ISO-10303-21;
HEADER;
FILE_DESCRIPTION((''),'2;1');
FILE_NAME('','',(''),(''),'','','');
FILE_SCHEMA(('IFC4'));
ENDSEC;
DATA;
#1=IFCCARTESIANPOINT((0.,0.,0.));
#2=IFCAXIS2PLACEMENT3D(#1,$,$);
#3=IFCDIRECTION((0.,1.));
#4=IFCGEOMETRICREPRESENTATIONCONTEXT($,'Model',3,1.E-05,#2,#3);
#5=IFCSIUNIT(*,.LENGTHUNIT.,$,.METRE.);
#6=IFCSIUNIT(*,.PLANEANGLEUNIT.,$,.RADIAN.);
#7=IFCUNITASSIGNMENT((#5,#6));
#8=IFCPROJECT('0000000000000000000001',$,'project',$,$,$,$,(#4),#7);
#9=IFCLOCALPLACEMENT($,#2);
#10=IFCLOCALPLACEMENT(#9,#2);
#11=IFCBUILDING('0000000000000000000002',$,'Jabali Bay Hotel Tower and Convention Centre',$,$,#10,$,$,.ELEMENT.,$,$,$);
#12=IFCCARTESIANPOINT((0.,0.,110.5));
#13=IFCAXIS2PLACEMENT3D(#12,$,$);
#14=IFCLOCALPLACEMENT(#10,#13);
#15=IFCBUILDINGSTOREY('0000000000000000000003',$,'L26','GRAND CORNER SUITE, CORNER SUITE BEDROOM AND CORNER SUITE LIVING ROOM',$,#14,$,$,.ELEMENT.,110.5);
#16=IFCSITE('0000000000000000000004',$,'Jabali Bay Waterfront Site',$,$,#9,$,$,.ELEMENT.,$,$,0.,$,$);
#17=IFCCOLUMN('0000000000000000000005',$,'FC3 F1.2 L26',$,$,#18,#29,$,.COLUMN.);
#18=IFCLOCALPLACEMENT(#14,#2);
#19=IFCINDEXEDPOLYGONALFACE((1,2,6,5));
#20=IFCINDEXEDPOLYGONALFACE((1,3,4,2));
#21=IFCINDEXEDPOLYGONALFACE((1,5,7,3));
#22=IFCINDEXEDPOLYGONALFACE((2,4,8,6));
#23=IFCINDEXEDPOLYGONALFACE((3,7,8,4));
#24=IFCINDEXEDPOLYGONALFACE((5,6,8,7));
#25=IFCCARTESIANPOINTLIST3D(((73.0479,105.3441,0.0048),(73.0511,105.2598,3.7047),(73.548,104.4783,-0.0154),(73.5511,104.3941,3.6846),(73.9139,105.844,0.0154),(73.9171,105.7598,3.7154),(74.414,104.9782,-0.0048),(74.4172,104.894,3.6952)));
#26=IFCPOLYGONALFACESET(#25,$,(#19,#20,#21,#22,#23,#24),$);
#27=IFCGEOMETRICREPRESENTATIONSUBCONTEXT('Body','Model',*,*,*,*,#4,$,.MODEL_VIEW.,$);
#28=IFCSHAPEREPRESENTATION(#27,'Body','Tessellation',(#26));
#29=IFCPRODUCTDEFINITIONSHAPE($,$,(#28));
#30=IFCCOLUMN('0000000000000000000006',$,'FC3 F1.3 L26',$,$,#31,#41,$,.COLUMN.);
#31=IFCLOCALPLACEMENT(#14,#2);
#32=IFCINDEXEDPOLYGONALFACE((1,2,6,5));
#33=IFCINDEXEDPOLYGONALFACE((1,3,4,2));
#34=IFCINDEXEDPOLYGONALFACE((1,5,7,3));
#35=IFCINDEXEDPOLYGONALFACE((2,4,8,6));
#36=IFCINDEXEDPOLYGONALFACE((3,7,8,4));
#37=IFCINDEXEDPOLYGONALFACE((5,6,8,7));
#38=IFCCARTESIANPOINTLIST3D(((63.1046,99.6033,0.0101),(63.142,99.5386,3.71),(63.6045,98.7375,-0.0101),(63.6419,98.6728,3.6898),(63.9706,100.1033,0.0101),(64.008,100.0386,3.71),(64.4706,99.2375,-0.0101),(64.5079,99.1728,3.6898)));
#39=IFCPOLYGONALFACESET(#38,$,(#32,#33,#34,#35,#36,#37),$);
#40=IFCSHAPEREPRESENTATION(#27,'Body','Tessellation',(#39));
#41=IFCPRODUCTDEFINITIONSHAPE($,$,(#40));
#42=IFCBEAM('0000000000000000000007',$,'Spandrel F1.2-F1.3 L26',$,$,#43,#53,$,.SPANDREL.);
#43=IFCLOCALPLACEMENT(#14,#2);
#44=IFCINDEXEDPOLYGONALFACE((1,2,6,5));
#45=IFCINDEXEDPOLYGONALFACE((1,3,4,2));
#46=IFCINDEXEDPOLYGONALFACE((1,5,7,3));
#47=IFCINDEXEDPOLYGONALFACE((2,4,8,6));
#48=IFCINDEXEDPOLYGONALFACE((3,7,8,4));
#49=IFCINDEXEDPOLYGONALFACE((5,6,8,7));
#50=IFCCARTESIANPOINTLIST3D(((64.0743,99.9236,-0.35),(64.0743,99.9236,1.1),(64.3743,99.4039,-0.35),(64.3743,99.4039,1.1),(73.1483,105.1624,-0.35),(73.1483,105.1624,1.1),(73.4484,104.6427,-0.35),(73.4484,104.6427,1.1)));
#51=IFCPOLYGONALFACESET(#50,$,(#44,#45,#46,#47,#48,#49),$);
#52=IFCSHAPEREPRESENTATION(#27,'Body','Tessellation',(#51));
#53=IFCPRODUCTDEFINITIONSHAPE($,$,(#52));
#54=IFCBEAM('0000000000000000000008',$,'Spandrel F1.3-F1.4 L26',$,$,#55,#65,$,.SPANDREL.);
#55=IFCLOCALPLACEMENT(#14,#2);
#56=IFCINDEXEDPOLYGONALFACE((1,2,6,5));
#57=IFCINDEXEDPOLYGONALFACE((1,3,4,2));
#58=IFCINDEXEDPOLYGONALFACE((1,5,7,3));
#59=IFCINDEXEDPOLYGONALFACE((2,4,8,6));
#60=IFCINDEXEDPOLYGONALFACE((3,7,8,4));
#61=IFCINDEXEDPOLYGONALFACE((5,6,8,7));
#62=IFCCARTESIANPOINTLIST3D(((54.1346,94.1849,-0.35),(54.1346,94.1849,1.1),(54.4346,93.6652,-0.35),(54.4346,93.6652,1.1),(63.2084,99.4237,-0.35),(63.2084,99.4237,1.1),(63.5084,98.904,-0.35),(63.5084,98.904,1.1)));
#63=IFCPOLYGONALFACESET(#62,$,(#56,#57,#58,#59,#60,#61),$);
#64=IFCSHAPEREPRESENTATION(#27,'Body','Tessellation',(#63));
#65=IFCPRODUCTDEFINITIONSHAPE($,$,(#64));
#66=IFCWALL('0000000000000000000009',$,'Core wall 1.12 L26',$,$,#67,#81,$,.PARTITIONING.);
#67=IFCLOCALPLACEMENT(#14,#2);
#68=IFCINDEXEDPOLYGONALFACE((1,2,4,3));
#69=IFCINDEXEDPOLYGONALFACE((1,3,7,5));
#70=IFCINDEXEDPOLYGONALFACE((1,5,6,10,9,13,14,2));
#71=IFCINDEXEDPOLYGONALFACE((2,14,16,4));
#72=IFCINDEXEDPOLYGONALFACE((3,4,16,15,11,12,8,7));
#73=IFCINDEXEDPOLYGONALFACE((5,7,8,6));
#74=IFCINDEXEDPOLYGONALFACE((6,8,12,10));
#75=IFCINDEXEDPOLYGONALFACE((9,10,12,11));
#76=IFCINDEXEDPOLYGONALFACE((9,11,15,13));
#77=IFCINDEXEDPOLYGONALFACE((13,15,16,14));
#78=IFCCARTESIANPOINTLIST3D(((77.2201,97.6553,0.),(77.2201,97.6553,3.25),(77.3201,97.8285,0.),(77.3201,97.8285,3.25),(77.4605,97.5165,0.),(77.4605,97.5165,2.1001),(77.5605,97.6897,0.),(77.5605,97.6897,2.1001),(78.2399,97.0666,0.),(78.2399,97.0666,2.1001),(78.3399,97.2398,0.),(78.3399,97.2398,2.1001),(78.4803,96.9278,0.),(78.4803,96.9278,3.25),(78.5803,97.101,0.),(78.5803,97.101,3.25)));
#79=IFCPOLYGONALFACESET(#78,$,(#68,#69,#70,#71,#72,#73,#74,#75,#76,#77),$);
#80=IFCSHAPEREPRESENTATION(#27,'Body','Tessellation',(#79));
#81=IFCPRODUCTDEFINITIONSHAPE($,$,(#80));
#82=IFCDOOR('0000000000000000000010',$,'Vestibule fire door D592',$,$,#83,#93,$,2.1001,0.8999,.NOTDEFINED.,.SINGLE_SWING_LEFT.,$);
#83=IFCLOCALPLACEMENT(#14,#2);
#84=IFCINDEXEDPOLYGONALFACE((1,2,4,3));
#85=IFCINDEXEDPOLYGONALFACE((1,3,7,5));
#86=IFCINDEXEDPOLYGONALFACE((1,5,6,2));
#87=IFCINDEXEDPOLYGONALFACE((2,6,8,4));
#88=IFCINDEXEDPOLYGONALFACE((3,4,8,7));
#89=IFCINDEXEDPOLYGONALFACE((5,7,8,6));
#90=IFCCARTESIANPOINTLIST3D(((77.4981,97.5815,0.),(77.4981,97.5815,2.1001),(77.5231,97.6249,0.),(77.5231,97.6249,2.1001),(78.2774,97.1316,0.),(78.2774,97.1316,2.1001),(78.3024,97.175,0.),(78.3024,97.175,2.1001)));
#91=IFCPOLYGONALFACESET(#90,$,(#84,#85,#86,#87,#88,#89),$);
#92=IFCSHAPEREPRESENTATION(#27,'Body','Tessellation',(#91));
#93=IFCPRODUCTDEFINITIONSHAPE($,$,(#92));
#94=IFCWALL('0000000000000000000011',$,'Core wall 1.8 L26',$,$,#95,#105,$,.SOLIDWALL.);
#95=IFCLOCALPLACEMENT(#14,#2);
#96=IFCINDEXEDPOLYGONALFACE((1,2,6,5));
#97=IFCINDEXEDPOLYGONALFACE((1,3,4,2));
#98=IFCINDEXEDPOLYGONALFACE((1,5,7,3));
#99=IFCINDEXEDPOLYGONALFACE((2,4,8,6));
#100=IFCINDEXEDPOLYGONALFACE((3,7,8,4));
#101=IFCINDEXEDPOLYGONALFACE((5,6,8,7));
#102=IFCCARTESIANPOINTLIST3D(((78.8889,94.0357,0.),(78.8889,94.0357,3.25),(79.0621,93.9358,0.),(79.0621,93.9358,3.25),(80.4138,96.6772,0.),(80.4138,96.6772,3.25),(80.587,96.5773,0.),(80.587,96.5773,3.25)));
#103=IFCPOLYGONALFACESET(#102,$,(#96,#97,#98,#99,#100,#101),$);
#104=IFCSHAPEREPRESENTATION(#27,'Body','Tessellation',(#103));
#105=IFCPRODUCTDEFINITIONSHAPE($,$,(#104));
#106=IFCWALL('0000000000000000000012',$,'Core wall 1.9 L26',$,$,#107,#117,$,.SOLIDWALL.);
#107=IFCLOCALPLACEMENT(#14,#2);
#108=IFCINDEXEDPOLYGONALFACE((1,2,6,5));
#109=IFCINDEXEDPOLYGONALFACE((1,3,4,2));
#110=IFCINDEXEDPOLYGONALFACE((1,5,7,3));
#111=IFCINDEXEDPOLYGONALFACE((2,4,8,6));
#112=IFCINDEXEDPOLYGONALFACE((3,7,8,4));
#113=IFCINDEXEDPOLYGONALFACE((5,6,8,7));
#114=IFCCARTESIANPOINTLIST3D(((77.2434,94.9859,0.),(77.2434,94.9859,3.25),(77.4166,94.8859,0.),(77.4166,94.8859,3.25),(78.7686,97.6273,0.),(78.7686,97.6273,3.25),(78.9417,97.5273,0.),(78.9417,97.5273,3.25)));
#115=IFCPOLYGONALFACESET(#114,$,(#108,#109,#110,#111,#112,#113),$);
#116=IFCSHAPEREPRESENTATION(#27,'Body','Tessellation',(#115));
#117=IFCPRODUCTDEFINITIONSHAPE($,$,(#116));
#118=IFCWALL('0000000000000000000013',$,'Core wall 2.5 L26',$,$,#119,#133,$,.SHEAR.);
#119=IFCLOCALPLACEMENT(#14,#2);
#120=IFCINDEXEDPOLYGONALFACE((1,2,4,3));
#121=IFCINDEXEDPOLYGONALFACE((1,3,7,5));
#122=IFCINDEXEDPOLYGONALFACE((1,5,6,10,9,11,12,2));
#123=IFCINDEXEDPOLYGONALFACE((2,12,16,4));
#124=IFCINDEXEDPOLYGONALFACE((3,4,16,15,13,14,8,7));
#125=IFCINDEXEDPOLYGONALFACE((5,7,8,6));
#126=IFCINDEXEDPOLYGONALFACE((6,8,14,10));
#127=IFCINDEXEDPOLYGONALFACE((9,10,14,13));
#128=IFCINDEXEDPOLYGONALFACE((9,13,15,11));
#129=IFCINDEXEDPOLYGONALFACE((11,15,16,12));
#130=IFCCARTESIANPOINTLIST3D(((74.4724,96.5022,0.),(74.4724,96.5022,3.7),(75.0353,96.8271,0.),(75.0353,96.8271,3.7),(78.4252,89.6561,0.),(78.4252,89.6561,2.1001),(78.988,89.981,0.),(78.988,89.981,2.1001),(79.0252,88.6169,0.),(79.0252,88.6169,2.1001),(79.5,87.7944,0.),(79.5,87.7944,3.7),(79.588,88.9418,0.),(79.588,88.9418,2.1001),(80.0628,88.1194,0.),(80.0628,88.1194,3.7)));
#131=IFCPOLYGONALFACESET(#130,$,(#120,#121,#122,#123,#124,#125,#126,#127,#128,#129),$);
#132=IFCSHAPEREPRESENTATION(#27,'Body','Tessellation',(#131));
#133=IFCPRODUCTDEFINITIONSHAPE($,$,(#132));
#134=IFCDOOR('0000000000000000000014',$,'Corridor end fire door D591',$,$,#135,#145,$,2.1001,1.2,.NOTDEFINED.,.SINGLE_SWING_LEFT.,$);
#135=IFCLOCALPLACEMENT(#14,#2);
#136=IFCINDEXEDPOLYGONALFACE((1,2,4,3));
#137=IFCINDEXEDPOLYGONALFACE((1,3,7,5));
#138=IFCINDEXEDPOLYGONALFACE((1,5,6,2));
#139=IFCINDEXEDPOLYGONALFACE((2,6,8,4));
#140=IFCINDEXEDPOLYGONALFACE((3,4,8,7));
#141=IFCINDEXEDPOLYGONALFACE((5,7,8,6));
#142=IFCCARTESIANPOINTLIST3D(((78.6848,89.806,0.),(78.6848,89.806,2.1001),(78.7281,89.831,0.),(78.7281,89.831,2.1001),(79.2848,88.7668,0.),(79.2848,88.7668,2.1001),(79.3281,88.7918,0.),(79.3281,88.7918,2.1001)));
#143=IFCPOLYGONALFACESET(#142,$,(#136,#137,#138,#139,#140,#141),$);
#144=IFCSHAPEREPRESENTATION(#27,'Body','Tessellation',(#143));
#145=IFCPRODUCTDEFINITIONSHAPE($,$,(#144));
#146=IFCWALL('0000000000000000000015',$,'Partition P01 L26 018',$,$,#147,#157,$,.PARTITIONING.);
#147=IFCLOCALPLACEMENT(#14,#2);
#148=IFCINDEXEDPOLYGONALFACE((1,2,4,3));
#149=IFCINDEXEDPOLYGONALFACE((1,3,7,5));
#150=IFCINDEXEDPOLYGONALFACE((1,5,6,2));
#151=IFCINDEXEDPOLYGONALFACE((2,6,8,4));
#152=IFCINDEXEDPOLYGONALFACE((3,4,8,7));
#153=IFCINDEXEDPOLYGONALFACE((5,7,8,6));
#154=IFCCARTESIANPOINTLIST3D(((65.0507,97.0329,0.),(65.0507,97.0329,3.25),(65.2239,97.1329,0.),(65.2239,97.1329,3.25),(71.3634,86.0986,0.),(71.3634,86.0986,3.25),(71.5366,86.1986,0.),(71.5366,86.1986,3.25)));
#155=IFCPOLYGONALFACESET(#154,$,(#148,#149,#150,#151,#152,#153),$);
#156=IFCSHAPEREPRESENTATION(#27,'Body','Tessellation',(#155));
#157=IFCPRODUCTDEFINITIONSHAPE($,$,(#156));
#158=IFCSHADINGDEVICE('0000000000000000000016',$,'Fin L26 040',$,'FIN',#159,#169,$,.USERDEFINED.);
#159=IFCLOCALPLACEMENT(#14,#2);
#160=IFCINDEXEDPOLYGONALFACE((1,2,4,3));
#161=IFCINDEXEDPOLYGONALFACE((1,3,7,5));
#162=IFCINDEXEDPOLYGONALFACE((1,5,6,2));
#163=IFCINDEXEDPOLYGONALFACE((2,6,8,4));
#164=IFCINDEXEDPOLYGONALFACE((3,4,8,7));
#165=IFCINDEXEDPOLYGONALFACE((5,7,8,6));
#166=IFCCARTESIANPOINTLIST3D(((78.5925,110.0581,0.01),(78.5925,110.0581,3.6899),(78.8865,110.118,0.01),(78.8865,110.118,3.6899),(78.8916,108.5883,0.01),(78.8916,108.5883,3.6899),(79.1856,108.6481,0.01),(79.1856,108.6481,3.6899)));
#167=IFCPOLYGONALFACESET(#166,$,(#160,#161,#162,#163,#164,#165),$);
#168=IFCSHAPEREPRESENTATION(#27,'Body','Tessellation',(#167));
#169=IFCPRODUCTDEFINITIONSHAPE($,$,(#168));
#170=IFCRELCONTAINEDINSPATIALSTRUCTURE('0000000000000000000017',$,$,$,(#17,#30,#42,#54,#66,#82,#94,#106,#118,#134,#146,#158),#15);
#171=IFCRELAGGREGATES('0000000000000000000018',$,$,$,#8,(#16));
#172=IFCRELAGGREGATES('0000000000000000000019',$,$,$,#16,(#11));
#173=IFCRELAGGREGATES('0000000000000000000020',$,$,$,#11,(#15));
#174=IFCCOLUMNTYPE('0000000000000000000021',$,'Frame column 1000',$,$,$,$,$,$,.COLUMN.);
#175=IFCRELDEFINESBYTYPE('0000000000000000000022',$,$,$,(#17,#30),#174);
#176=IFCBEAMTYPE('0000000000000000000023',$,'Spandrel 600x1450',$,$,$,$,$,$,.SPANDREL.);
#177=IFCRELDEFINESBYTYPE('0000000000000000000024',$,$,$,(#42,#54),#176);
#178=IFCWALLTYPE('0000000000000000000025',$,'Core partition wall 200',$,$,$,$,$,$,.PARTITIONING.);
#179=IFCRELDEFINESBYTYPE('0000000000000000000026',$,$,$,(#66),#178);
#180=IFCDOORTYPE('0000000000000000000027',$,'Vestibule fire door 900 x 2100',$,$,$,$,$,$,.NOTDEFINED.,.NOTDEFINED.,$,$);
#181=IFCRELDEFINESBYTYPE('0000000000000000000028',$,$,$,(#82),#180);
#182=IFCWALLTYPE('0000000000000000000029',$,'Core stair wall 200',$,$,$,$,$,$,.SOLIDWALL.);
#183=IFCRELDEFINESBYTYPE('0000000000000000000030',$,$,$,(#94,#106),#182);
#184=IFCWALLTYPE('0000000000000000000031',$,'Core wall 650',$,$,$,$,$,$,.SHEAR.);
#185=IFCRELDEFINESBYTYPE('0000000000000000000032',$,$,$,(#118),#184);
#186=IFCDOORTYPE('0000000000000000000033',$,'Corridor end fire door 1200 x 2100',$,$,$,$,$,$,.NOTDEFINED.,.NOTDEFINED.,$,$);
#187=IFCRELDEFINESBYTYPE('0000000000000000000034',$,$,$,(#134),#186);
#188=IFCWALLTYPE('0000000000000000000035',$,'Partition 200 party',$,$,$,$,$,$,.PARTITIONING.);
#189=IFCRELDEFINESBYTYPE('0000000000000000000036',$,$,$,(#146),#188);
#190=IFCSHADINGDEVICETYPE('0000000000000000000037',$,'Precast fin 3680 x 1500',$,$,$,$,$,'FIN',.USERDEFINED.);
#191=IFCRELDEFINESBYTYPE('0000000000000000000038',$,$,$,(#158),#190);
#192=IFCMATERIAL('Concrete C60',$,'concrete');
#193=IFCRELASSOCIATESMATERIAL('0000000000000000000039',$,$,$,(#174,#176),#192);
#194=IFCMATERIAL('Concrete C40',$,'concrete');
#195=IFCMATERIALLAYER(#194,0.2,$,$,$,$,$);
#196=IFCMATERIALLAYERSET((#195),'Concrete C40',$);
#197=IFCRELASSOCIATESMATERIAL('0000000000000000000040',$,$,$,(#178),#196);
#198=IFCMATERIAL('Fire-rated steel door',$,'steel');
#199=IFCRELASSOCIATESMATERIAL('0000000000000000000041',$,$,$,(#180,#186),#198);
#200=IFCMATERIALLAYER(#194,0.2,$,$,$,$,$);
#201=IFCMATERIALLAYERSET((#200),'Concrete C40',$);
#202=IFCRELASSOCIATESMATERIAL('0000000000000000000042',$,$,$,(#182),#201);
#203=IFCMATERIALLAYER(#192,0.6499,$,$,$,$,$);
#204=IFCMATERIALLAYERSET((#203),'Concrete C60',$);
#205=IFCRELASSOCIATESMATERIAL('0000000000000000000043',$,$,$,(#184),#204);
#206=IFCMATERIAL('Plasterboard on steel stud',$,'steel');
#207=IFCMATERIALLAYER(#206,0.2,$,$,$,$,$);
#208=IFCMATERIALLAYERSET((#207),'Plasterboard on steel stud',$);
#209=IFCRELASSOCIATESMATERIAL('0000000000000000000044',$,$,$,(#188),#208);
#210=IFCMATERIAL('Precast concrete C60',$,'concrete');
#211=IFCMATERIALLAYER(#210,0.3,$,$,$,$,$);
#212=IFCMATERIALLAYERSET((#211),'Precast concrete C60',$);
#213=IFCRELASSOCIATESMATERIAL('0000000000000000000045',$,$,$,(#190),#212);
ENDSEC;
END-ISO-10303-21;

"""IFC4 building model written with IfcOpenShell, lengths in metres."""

from ifc_helpers import new_model, si_unit, direction, frame, frame_2d, origin, origin_2d, place, context, subcontext, project, spatial, rectangle, extrude, material, layer, layer_set, material_profile, profile_set, type_object, element, fill, save


model = new_model("IFC4")

# Units and contexts
model_context = context("Model", 3, precision=1e-05, world=origin(), true_north=direction((0.0, 1.0)))
body_context = subcontext(model_context, "Body", "Model", "MODEL_VIEW")
ifc_project = project(units=[si_unit("LENGTHUNIT", "METRE"), si_unit("PLANEANGLEUNIT", "RADIAN")], contexts=[model_context])

# Site, building, storey
site_placement = place(None, origin())
site = spatial("IfcSite", under=ifc_project, at=site_placement, Name="Jabali Bay Waterfront Site", CompositionType="ELEMENT", RefElevation=0.0)
building_placement = place(site_placement, origin())
building = spatial("IfcBuilding", under=site, at=building_placement, Name="Jabali Bay Hotel Tower and Convention Centre", CompositionType="ELEMENT")
storey_placement = place(building_placement, frame((0.0, 0.0, 110.5)))
storey = spatial("IfcBuildingStorey", under=building, at=storey_placement, Name="L26", Description="GRAND CORNER SUITE, CORNER SUITE BEDROOM AND CORNER SUITE LIVING ROOM", CompositionType="ELEMENT", Elevation=110.5)

# Columns
ifc_material_1 = material(Name="Concrete C60", Category="concrete")
ifc_material_profile_1 = material_profile(ifc_material_1, rectangle(XDim=1.0, YDim=1.0, at=origin_2d()), Name="Frame column 1000")
ifc_profile_set_1 = profile_set([ifc_material_profile_1], Name="Concrete C60")
column_type = type_object("IfcColumnType", Name="Frame column 1000", PredefinedType="COLUMN", material=ifc_profile_set_1)
column_1_placement = place(storey_placement, frame((73.731, 105.1611, 0.0), z_axis=(0.000858, -0.022759, 0.999741), x_axis=(0.866006, 0.499921, 0.010638)))
element("IfcColumn", 1, at=column_1_placement, inside=storey, type_object=column_type, Name="FC3 F1.2 L26", PredefinedType="COLUMN", context=body_context, shape_type="SweptSolid", body=[
    extrude(rectangle(XDim=1.0, YDim=1.0, at=origin_2d()), origin(), (0.0, 0.0, 1.0), 3.7009),
])
column_2_placement = place(storey_placement, frame((63.7876, 99.4204, 0.0), z_axis=(0.010094, -0.017482, 0.999796), x_axis=(0.866017, 0.500015, 0.0)))
element("IfcColumn", 2, at=column_2_placement, inside=storey, type_object=column_type, Name="FC3 F1.3 L26", PredefinedType="COLUMN", context=body_context, shape_type="SweptSolid", body=[
    extrude(rectangle(XDim=1.0, YDim=1.0, at=origin_2d()), origin(), (0.0, 0.0, 1.0), 3.7007),
])

# Beams
ifc_material_profile_2 = material_profile(ifc_material_1, rectangle(XDim=0.6001, YDim=1.45, at=origin_2d()), Name="Spandrel 600x1450")
ifc_profile_set_2 = profile_set([ifc_material_profile_2], Name="Concrete C60")
beam_type = type_object("IfcBeamType", Name="Spandrel 600x1450", PredefinedType="SPANDREL", material=ifc_profile_set_2)
beam_1_placement = place(storey_placement, frame((73.2983, 104.9026, 0.375), z_axis=(-0.866029, -0.499993, 0.0), x_axis=(0.499993, -0.866029, 0.0)))
element("IfcBeam", 3, at=beam_1_placement, inside=storey, type_object=beam_type, Name="Spandrel F1.2-F1.3 L26", PredefinedType="SPANDREL", context=body_context, shape_type="SweptSolid", body=[
    extrude(rectangle(XDim=0.6001, YDim=1.45, at=origin_2d()), origin(), (0.0, 0.0, 1.0), 10.4778),
])
beam_2_placement = place(storey_placement, frame((63.3584, 99.1638, 0.375), z_axis=(-0.866023, -0.500003, 0.0), x_axis=(0.500003, -0.866023, 0.0)))
element("IfcBeam", 4, at=beam_2_placement, inside=storey, type_object=beam_type, Name="Spandrel F1.3-F1.4 L26", PredefinedType="SPANDREL", context=body_context, shape_type="SweptSolid", body=[
    extrude(rectangle(XDim=0.6001, YDim=1.45, at=origin_2d()), origin(), (0.0, 0.0, 1.0), 10.4775),
])

# Wall, opening, door
ifc_material_2 = material(Name="Concrete C40", Category="concrete")
ifc_layer_1 = layer(ifc_material_2, 0.2)
ifc_layer_set_1 = layer_set([ifc_layer_1], Name="Concrete C40")
wall_type_1 = type_object("IfcWallType", Name="Core partition wall 200", PredefinedType="PARTITIONING", material=ifc_layer_set_1)
wall_1_placement = place(storey_placement, frame((78.5303, 97.0144, 0.0), z_axis=(0.0, 0.0, 1.0), x_axis=(-0.866046, 0.499965, 0.0)))
wall_1 = element("IfcWall", 5, at=wall_1_placement, inside=storey, type_object=wall_type_1, Name="Core wall 1.12 L26", PredefinedType="PARTITIONING", context=body_context, shape_type="SweptSolid", body=[
    extrude(rectangle(XDim=1.4551, YDim=0.2, at=frame_2d((0.7275, 0.0))), origin(), (0.0, 0.0, 1.0), 3.25),
])
opening_1_placement = place(wall_1_placement, frame((0.2776, 0.0, 0.0)))
opening_1 = element("IfcOpeningElement", 6, at=opening_1_placement, cuts=wall_1, PredefinedType="OPENING", context=body_context, shape_type="SweptSolid", body=[
    extrude(rectangle(XDim=0.8999, YDim=2.1001, at=frame_2d((0.45, 1.05))), frame((0.0, 0.1104, 0.0), z_axis=(0.0, -1.0, 0.0), x_axis=(1.0, 0.0, 0.0)), (0.0, 0.0, 1.0), 0.2209),
])
ifc_material_3 = material(Name="Fire-rated steel door", Category="steel")
door_type_1 = type_object("IfcDoorType", Name="Vestibule fire door 900 x 2100", OperationType="NOTDEFINED", PredefinedType="NOTDEFINED", material=ifc_material_3)
door_1_placement = place(opening_1_placement, origin())
door_1 = element("IfcDoor", 7, at=door_1_placement, inside=storey, type_object=door_type_1, Name="Vestibule fire door D592", OperationType="SINGLE_SWING_LEFT", OverallHeight=2.1001, OverallWidth=0.8999, PredefinedType="NOTDEFINED", context=body_context, shape_type="SweptSolid", body=[
    extrude(rectangle(XDim=0.8999, YDim=2.1001, at=frame_2d((0.45, 1.05))), frame((0.0, 0.0249, 0.0), z_axis=(0.0, -1.0, 0.0), x_axis=(1.0, 0.0, 0.0)), (0.0, 0.0, 1.0), 0.05),
])
fill(opening_1, door_1)

# Walls
ifc_layer_2 = layer(ifc_material_2, 0.2)
ifc_layer_set_2 = layer_set([ifc_layer_2], Name="Concrete C40")
wall_type_2 = type_object("IfcWallType", Name="Core stair wall 200", PredefinedType="SOLIDWALL", material=ifc_layer_set_2)
for number, where, z_axis, x_axis, name in (
    (8, (78.9756, 93.9858, 0.0), (0.0, 0.0, 1.0), (0.499944, 0.866058, 0.0), "Core wall 1.8 L26"),
    (9, (77.3301, 94.936, 0.0), (0.0, 0.0, 1.0), (0.500039, 0.866003, 0.0), "Core wall 1.9 L26"),
):
    element("IfcWall", number, at=place(storey_placement, frame(where, z_axis=z_axis, x_axis=x_axis)), inside=storey, type_object=wall_type_2, Name=name, PredefinedType="SOLIDWALL", context=body_context, shape_type="SweptSolid", body=[
        extrude(rectangle(XDim=3.05, YDim=0.2, at=frame_2d((1.5249, 0.0))), origin(), (0.0, 0.0, 1.0), 3.25),
    ])

# Wall, opening, door
ifc_layer_3 = layer(ifc_material_1, 0.6499)
ifc_layer_set_3 = layer_set([ifc_layer_3], Name="Concrete C60")
wall_type_3 = type_object("IfcWallType", Name="Core wall 650", PredefinedType="SHEAR", material=ifc_layer_set_3)
wall_2_placement = place(storey_placement, frame((74.7539, 96.6646, 0.0), z_axis=(0.0, 0.0, 1.0), x_axis=(0.500012, -0.866019, 0.0)))
wall_2 = element("IfcWall", 10, at=wall_2_placement, inside=storey, type_object=wall_type_3, Name="Core wall 2.5 L26", PredefinedType="SHEAR", context=body_context, shape_type="SweptSolid", body=[
    extrude(rectangle(XDim=10.0549, YDim=0.6499, at=frame_2d((5.0273, 0.0))), origin(), (0.0, 0.0, 1.0), 3.7),
])
opening_2_placement = place(wall_2_placement, frame((7.905, 0.0, 0.0)))
opening_2 = element("IfcOpeningElement", 11, at=opening_2_placement, cuts=wall_2, PredefinedType="OPENING", context=body_context, shape_type="SweptSolid", body=[
    extrude(rectangle(XDim=1.2, YDim=2.1001, at=frame_2d((0.6001, 1.05))), frame((0.0, 0.3354, 0.0), z_axis=(0.0, -1.0, 0.0), x_axis=(1.0, 0.0, 0.0)), (0.0, 0.0, 1.0), 0.6709),
])
door_type_2 = type_object("IfcDoorType", Name="Corridor end fire door 1200 x 2100", OperationType="NOTDEFINED", PredefinedType="NOTDEFINED", material=ifc_material_3)
door_2_placement = place(opening_2_placement, origin())
door_2 = element("IfcDoor", 12, at=door_2_placement, inside=storey, type_object=door_type_2, Name="Corridor end fire door D591", OperationType="SINGLE_SWING_LEFT", OverallHeight=2.1001, OverallWidth=1.2, PredefinedType="NOTDEFINED", context=body_context, shape_type="SweptSolid", body=[
    extrude(rectangle(XDim=1.2, YDim=2.1001, at=frame_2d((0.6001, 1.05))), frame((0.0, 0.0249, 0.0), z_axis=(0.0, -1.0, 0.0), x_axis=(1.0, 0.0, 0.0)), (0.0, 0.0, 1.0), 0.05),
])
fill(opening_2, door_2)

# Wall
ifc_material_4 = material(Name="Plasterboard on steel stud", Category="steel")
ifc_layer_4 = layer(ifc_material_4, 0.2)
ifc_layer_set_4 = layer_set([ifc_layer_4], Name="Plasterboard on steel stud")
wall_type_4 = type_object("IfcWallType", Name="Partition 200 party", PredefinedType="PARTITIONING", material=ifc_layer_set_4)
wall_3_placement = place(storey_placement, frame((65.1372, 97.083, 0.0), z_axis=(0.0, 0.0, 1.0), x_axis=(0.499989, -0.866032, 0.0)))
element("IfcWall", 13, at=wall_3_placement, inside=storey, type_object=wall_type_4, Name="Partition P01 L26 018", PredefinedType="PARTITIONING", context=body_context, shape_type="SweptSolid", body=[
    extrude(rectangle(XDim=12.6257, YDim=0.2, at=frame_2d((6.313, 0.0))), origin(), (0.0, 0.0, 1.0), 3.25),
])

# Shading device
ifc_material_5 = material(Name="Precast concrete C60", Category="concrete")
ifc_layer_5 = layer(ifc_material_5, 0.3)
ifc_layer_set_5 = layer_set([ifc_layer_5], Name="Precast concrete C60")
shading_device_type = type_object("IfcShadingDeviceType", Name="Precast fin 3680 x 1500", ElementType="FIN", PredefinedType="USERDEFINED", material=ifc_layer_set_5)
shading_device_1_placement = place(storey_placement, frame((79.0386, 108.6182, 0.01), z_axis=(0.0, 0.0, 1.0), x_axis=(-0.19937, 0.979924, 0.0)))
element("IfcShadingDevice", 14, at=shading_device_1_placement, inside=storey, type_object=shading_device_type, Name="Fin L26 040", ObjectType="FIN", PredefinedType="USERDEFINED", context=body_context, shape_type="SweptSolid", body=[
    extrude(rectangle(XDim=1.5, YDim=0.3, at=frame_2d((0.75, 0.0))), origin(), (0.0, 0.0, 1.0), 3.6799),
])

save(model, "model.ifc")
